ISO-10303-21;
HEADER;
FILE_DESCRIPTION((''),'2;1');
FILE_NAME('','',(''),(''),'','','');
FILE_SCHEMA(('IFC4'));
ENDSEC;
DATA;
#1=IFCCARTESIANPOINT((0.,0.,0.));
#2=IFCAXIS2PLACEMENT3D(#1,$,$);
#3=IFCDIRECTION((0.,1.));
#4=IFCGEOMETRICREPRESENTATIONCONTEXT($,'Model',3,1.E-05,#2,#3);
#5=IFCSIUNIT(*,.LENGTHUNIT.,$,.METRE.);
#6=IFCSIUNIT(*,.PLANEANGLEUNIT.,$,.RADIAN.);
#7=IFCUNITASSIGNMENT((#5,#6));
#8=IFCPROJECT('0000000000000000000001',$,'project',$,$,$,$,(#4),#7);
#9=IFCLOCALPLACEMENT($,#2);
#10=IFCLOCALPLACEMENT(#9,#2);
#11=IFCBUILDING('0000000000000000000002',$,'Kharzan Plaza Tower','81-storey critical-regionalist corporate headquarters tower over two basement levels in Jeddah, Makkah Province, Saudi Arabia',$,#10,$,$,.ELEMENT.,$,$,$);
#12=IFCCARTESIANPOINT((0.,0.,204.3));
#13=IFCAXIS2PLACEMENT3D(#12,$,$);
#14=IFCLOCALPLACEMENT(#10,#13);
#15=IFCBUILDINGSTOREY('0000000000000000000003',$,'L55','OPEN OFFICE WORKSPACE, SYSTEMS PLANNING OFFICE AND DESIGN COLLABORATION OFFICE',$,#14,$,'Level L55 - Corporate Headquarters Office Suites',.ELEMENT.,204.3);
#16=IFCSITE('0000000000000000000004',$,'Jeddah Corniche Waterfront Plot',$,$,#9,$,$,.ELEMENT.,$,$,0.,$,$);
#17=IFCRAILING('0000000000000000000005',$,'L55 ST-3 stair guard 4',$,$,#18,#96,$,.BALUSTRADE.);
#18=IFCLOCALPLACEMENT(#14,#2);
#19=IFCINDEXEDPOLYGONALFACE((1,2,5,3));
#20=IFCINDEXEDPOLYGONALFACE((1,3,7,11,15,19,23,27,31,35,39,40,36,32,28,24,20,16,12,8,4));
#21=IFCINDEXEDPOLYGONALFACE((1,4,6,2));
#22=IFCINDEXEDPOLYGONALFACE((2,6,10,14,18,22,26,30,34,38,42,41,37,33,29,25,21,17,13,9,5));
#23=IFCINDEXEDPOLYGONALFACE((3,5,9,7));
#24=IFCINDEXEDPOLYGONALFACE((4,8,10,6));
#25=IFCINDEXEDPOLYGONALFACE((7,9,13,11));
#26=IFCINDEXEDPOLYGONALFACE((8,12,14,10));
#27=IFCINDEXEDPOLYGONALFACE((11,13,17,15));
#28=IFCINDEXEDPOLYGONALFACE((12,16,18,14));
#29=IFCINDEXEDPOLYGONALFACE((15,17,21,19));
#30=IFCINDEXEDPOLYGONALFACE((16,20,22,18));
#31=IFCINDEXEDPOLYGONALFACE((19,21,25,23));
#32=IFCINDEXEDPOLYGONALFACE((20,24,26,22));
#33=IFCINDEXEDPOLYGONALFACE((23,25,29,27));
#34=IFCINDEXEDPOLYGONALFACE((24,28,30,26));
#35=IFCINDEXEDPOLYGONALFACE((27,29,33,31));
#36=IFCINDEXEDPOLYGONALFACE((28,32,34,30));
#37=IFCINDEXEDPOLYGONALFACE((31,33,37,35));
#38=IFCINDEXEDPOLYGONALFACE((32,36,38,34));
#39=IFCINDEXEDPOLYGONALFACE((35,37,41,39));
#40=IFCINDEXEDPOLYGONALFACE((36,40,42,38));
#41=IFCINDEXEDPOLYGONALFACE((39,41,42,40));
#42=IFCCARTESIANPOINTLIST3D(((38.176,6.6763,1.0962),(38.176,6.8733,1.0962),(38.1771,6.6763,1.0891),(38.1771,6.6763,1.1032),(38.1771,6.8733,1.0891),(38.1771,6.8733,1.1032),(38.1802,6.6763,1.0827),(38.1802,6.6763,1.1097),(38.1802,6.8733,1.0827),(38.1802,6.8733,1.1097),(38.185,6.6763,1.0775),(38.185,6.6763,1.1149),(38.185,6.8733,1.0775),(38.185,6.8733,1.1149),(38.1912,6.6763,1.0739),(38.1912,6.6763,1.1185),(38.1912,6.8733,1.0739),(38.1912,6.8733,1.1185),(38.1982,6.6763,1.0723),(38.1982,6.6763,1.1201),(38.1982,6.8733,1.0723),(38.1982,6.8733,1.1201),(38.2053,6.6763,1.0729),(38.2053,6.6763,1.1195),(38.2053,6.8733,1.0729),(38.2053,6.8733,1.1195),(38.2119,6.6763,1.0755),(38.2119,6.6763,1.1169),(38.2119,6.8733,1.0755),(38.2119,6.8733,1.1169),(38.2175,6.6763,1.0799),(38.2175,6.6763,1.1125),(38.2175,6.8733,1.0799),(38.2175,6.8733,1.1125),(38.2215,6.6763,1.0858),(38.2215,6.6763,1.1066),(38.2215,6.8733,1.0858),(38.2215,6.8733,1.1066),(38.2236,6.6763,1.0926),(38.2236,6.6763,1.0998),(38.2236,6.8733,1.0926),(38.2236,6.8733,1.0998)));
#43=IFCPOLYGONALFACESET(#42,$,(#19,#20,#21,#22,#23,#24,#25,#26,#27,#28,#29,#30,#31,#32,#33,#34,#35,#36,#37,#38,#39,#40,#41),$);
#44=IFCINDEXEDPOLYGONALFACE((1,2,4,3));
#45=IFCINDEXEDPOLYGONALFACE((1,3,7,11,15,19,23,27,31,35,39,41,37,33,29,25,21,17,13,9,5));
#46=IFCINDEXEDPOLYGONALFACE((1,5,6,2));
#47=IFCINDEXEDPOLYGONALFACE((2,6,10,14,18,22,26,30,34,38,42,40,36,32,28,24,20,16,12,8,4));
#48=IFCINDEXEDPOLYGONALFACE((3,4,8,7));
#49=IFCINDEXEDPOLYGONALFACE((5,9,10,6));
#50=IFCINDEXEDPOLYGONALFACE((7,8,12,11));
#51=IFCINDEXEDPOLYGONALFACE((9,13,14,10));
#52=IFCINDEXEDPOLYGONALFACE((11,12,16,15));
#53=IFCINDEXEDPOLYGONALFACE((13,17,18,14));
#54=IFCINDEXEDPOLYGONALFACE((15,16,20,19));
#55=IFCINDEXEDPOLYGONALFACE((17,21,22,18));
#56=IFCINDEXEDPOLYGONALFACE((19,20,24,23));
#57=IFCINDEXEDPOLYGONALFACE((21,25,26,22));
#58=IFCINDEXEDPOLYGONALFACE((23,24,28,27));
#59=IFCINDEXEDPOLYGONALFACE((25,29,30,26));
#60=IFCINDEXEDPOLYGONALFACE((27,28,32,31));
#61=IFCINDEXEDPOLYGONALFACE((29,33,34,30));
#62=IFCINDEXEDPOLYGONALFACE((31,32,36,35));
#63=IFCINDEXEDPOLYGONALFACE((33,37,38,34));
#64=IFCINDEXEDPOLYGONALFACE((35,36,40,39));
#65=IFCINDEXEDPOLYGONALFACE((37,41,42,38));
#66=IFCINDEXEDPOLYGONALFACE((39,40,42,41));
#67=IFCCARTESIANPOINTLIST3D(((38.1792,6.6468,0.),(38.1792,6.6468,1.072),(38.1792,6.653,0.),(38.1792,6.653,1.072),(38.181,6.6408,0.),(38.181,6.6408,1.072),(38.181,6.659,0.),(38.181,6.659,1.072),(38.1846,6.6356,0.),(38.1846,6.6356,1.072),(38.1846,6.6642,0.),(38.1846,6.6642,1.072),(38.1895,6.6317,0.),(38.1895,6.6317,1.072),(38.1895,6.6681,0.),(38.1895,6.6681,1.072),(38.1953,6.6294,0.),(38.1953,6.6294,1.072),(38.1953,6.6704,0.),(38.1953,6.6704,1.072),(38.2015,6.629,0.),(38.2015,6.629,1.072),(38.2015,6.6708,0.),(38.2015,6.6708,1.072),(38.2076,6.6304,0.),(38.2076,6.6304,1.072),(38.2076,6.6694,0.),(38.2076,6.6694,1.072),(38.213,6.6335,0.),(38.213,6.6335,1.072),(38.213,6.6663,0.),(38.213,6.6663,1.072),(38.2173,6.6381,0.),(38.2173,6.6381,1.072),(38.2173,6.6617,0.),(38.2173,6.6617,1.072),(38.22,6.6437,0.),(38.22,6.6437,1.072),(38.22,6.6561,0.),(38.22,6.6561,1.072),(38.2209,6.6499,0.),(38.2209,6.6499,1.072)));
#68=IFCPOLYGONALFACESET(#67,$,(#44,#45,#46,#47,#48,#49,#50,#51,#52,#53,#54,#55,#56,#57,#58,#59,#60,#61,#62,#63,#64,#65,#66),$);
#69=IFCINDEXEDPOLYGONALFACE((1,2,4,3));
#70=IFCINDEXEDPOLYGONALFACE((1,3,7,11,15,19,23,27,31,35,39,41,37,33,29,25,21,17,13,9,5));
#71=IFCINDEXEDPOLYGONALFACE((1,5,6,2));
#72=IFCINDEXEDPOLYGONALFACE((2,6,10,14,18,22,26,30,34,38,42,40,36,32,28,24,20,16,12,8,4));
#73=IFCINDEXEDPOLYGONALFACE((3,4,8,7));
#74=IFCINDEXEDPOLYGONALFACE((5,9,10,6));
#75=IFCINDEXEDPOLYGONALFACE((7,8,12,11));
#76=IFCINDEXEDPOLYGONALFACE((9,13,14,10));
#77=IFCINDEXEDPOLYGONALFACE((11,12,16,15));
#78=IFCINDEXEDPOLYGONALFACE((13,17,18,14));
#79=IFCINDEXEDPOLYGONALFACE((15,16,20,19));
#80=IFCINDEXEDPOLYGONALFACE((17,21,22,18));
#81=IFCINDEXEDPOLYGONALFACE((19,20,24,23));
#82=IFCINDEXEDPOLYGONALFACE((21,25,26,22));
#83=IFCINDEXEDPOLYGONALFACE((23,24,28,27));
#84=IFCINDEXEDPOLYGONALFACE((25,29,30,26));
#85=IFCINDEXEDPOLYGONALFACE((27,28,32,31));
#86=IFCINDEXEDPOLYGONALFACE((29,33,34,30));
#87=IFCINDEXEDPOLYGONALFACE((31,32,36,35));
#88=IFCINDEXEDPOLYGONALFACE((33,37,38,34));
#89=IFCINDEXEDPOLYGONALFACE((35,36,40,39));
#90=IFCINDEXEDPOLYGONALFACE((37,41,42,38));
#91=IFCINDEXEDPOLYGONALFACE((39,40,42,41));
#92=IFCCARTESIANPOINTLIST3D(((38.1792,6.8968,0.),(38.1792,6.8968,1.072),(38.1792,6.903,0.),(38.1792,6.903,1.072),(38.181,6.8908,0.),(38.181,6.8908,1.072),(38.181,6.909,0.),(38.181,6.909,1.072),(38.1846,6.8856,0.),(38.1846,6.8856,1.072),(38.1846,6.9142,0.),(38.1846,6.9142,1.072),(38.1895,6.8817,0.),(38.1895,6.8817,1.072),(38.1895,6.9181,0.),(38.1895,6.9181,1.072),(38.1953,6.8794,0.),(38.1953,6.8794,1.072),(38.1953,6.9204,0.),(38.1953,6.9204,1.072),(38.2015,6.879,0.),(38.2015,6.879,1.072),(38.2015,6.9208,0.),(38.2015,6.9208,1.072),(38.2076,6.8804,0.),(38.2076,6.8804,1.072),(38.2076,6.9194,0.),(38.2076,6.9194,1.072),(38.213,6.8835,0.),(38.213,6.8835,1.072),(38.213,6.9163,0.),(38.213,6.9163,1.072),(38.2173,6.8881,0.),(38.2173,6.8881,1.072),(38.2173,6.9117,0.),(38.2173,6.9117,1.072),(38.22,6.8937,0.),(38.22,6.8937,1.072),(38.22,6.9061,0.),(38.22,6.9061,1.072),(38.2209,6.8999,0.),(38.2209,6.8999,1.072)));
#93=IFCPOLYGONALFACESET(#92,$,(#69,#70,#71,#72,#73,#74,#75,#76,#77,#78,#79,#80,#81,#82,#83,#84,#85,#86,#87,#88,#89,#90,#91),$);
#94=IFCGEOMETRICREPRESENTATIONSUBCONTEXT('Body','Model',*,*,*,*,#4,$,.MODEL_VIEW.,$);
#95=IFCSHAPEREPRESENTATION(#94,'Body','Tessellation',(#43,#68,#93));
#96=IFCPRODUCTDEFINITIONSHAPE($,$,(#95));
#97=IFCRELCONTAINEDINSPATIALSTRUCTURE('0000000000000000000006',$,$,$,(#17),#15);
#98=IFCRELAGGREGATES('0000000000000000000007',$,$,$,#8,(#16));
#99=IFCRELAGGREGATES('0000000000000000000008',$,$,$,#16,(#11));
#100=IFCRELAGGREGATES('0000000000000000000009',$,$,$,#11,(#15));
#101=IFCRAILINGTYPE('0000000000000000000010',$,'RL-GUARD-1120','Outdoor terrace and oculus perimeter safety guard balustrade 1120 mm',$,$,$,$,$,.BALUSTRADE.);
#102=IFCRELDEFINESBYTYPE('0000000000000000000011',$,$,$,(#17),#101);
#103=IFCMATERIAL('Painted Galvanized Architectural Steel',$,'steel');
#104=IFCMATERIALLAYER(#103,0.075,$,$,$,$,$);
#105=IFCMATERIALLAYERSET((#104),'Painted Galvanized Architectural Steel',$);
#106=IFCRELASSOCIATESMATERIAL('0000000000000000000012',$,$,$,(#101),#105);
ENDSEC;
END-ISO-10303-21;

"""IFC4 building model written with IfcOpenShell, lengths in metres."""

from ifc_helpers import new_model, si_unit, direction, frame, origin, origin_2d, place, context, subcontext, project, spatial, circle, extrude, source, transform, mapped, material, layer, layer_set, type_object, element, save


model = new_model("IFC4")

# Units and contexts
model_context = context("Model", 3, precision=1e-05, world=origin(), true_north=direction((0.0, 1.0)))
body_context = subcontext(model_context, "Body", "Model", "MODEL_VIEW")
ifc_project = project(units=[si_unit("LENGTHUNIT", "METRE"), si_unit("PLANEANGLEUNIT", "RADIAN")], contexts=[model_context])

# Site, building, storey
site_placement = place(None, origin())
site = spatial("IfcSite", under=ifc_project, at=site_placement, Name="Jeddah Corniche Waterfront Plot", CompositionType="ELEMENT", RefElevation=0.0)
building_placement = place(site_placement, origin())
building = spatial("IfcBuilding", under=site, at=building_placement, Name="Kharzan Plaza Tower", Description="81-storey critical-regionalist corporate headquarters tower over two basement levels in Jeddah, Makkah Province, Saudi Arabia", CompositionType="ELEMENT")
storey_placement = place(building_placement, frame((0.0, 0.0, 204.3)))
storey = spatial("IfcBuildingStorey", under=building, at=storey_placement, Name="L55", Description="OPEN OFFICE WORKSPACE, SYSTEMS PLANNING OFFICE AND DESIGN COLLABORATION OFFICE", LongName="Level L55 - Corporate Headquarters Office Suites", CompositionType="ELEMENT", Elevation=204.3)

# Railing
ifc_material_1 = material(Name="Painted Galvanized Architectural Steel", Category="steel")
ifc_layer_1 = layer(ifc_material_1, 0.075)
ifc_layer_set_1 = layer_set([ifc_layer_1], Name="Painted Galvanized Architectural Steel")
railing_type_1 = type_object("IfcRailingType", Name="RL-GUARD-1120", Description="Outdoor terrace and oculus perimeter safety guard balustrade 1120 mm", PredefinedType="BALUSTRADE", material=ifc_layer_set_1)
shared_shape_1 = source(origin(), body_context, "Body", "SweptSolid", [
    extrude(circle(Radius=0.0239, at=origin_2d()), frame((0.0, 0.0264, 1.0962), z_axis=(0.0, 1.0, 0.0), x_axis=(-1.0, 0.0, 0.0)), (0.0, 0.0, 1.0), 0.197),
    extrude(circle(Radius=0.021, at=origin_2d()), origin(), (0.0, 0.0, 1.0), 1.072),
    extrude(circle(Radius=0.021, at=origin_2d()), frame((0.0, 0.25, 0.0)), (0.0, 0.0, 1.0), 1.072),
])
railing_1_placement = place(storey_placement, frame((38.2, 6.6499, 0.0)))
element("IfcRailing", 1, at=railing_1_placement, inside=storey, type_object=railing_type_1, Name="L55 ST-3 stair guard 4", PredefinedType="BALUSTRADE", context=body_context, shape_type="MappedRepresentation", body=[
    mapped(shared_shape_1, transform((0.0, 0.0, 0.0), x_axis=(1.0, 0.0, 0.0), y_axis=(0.0, 1.0, 0.0), z_axis=(0.0, 0.0, 1.0))),
])

save(model, "model.ifc")
